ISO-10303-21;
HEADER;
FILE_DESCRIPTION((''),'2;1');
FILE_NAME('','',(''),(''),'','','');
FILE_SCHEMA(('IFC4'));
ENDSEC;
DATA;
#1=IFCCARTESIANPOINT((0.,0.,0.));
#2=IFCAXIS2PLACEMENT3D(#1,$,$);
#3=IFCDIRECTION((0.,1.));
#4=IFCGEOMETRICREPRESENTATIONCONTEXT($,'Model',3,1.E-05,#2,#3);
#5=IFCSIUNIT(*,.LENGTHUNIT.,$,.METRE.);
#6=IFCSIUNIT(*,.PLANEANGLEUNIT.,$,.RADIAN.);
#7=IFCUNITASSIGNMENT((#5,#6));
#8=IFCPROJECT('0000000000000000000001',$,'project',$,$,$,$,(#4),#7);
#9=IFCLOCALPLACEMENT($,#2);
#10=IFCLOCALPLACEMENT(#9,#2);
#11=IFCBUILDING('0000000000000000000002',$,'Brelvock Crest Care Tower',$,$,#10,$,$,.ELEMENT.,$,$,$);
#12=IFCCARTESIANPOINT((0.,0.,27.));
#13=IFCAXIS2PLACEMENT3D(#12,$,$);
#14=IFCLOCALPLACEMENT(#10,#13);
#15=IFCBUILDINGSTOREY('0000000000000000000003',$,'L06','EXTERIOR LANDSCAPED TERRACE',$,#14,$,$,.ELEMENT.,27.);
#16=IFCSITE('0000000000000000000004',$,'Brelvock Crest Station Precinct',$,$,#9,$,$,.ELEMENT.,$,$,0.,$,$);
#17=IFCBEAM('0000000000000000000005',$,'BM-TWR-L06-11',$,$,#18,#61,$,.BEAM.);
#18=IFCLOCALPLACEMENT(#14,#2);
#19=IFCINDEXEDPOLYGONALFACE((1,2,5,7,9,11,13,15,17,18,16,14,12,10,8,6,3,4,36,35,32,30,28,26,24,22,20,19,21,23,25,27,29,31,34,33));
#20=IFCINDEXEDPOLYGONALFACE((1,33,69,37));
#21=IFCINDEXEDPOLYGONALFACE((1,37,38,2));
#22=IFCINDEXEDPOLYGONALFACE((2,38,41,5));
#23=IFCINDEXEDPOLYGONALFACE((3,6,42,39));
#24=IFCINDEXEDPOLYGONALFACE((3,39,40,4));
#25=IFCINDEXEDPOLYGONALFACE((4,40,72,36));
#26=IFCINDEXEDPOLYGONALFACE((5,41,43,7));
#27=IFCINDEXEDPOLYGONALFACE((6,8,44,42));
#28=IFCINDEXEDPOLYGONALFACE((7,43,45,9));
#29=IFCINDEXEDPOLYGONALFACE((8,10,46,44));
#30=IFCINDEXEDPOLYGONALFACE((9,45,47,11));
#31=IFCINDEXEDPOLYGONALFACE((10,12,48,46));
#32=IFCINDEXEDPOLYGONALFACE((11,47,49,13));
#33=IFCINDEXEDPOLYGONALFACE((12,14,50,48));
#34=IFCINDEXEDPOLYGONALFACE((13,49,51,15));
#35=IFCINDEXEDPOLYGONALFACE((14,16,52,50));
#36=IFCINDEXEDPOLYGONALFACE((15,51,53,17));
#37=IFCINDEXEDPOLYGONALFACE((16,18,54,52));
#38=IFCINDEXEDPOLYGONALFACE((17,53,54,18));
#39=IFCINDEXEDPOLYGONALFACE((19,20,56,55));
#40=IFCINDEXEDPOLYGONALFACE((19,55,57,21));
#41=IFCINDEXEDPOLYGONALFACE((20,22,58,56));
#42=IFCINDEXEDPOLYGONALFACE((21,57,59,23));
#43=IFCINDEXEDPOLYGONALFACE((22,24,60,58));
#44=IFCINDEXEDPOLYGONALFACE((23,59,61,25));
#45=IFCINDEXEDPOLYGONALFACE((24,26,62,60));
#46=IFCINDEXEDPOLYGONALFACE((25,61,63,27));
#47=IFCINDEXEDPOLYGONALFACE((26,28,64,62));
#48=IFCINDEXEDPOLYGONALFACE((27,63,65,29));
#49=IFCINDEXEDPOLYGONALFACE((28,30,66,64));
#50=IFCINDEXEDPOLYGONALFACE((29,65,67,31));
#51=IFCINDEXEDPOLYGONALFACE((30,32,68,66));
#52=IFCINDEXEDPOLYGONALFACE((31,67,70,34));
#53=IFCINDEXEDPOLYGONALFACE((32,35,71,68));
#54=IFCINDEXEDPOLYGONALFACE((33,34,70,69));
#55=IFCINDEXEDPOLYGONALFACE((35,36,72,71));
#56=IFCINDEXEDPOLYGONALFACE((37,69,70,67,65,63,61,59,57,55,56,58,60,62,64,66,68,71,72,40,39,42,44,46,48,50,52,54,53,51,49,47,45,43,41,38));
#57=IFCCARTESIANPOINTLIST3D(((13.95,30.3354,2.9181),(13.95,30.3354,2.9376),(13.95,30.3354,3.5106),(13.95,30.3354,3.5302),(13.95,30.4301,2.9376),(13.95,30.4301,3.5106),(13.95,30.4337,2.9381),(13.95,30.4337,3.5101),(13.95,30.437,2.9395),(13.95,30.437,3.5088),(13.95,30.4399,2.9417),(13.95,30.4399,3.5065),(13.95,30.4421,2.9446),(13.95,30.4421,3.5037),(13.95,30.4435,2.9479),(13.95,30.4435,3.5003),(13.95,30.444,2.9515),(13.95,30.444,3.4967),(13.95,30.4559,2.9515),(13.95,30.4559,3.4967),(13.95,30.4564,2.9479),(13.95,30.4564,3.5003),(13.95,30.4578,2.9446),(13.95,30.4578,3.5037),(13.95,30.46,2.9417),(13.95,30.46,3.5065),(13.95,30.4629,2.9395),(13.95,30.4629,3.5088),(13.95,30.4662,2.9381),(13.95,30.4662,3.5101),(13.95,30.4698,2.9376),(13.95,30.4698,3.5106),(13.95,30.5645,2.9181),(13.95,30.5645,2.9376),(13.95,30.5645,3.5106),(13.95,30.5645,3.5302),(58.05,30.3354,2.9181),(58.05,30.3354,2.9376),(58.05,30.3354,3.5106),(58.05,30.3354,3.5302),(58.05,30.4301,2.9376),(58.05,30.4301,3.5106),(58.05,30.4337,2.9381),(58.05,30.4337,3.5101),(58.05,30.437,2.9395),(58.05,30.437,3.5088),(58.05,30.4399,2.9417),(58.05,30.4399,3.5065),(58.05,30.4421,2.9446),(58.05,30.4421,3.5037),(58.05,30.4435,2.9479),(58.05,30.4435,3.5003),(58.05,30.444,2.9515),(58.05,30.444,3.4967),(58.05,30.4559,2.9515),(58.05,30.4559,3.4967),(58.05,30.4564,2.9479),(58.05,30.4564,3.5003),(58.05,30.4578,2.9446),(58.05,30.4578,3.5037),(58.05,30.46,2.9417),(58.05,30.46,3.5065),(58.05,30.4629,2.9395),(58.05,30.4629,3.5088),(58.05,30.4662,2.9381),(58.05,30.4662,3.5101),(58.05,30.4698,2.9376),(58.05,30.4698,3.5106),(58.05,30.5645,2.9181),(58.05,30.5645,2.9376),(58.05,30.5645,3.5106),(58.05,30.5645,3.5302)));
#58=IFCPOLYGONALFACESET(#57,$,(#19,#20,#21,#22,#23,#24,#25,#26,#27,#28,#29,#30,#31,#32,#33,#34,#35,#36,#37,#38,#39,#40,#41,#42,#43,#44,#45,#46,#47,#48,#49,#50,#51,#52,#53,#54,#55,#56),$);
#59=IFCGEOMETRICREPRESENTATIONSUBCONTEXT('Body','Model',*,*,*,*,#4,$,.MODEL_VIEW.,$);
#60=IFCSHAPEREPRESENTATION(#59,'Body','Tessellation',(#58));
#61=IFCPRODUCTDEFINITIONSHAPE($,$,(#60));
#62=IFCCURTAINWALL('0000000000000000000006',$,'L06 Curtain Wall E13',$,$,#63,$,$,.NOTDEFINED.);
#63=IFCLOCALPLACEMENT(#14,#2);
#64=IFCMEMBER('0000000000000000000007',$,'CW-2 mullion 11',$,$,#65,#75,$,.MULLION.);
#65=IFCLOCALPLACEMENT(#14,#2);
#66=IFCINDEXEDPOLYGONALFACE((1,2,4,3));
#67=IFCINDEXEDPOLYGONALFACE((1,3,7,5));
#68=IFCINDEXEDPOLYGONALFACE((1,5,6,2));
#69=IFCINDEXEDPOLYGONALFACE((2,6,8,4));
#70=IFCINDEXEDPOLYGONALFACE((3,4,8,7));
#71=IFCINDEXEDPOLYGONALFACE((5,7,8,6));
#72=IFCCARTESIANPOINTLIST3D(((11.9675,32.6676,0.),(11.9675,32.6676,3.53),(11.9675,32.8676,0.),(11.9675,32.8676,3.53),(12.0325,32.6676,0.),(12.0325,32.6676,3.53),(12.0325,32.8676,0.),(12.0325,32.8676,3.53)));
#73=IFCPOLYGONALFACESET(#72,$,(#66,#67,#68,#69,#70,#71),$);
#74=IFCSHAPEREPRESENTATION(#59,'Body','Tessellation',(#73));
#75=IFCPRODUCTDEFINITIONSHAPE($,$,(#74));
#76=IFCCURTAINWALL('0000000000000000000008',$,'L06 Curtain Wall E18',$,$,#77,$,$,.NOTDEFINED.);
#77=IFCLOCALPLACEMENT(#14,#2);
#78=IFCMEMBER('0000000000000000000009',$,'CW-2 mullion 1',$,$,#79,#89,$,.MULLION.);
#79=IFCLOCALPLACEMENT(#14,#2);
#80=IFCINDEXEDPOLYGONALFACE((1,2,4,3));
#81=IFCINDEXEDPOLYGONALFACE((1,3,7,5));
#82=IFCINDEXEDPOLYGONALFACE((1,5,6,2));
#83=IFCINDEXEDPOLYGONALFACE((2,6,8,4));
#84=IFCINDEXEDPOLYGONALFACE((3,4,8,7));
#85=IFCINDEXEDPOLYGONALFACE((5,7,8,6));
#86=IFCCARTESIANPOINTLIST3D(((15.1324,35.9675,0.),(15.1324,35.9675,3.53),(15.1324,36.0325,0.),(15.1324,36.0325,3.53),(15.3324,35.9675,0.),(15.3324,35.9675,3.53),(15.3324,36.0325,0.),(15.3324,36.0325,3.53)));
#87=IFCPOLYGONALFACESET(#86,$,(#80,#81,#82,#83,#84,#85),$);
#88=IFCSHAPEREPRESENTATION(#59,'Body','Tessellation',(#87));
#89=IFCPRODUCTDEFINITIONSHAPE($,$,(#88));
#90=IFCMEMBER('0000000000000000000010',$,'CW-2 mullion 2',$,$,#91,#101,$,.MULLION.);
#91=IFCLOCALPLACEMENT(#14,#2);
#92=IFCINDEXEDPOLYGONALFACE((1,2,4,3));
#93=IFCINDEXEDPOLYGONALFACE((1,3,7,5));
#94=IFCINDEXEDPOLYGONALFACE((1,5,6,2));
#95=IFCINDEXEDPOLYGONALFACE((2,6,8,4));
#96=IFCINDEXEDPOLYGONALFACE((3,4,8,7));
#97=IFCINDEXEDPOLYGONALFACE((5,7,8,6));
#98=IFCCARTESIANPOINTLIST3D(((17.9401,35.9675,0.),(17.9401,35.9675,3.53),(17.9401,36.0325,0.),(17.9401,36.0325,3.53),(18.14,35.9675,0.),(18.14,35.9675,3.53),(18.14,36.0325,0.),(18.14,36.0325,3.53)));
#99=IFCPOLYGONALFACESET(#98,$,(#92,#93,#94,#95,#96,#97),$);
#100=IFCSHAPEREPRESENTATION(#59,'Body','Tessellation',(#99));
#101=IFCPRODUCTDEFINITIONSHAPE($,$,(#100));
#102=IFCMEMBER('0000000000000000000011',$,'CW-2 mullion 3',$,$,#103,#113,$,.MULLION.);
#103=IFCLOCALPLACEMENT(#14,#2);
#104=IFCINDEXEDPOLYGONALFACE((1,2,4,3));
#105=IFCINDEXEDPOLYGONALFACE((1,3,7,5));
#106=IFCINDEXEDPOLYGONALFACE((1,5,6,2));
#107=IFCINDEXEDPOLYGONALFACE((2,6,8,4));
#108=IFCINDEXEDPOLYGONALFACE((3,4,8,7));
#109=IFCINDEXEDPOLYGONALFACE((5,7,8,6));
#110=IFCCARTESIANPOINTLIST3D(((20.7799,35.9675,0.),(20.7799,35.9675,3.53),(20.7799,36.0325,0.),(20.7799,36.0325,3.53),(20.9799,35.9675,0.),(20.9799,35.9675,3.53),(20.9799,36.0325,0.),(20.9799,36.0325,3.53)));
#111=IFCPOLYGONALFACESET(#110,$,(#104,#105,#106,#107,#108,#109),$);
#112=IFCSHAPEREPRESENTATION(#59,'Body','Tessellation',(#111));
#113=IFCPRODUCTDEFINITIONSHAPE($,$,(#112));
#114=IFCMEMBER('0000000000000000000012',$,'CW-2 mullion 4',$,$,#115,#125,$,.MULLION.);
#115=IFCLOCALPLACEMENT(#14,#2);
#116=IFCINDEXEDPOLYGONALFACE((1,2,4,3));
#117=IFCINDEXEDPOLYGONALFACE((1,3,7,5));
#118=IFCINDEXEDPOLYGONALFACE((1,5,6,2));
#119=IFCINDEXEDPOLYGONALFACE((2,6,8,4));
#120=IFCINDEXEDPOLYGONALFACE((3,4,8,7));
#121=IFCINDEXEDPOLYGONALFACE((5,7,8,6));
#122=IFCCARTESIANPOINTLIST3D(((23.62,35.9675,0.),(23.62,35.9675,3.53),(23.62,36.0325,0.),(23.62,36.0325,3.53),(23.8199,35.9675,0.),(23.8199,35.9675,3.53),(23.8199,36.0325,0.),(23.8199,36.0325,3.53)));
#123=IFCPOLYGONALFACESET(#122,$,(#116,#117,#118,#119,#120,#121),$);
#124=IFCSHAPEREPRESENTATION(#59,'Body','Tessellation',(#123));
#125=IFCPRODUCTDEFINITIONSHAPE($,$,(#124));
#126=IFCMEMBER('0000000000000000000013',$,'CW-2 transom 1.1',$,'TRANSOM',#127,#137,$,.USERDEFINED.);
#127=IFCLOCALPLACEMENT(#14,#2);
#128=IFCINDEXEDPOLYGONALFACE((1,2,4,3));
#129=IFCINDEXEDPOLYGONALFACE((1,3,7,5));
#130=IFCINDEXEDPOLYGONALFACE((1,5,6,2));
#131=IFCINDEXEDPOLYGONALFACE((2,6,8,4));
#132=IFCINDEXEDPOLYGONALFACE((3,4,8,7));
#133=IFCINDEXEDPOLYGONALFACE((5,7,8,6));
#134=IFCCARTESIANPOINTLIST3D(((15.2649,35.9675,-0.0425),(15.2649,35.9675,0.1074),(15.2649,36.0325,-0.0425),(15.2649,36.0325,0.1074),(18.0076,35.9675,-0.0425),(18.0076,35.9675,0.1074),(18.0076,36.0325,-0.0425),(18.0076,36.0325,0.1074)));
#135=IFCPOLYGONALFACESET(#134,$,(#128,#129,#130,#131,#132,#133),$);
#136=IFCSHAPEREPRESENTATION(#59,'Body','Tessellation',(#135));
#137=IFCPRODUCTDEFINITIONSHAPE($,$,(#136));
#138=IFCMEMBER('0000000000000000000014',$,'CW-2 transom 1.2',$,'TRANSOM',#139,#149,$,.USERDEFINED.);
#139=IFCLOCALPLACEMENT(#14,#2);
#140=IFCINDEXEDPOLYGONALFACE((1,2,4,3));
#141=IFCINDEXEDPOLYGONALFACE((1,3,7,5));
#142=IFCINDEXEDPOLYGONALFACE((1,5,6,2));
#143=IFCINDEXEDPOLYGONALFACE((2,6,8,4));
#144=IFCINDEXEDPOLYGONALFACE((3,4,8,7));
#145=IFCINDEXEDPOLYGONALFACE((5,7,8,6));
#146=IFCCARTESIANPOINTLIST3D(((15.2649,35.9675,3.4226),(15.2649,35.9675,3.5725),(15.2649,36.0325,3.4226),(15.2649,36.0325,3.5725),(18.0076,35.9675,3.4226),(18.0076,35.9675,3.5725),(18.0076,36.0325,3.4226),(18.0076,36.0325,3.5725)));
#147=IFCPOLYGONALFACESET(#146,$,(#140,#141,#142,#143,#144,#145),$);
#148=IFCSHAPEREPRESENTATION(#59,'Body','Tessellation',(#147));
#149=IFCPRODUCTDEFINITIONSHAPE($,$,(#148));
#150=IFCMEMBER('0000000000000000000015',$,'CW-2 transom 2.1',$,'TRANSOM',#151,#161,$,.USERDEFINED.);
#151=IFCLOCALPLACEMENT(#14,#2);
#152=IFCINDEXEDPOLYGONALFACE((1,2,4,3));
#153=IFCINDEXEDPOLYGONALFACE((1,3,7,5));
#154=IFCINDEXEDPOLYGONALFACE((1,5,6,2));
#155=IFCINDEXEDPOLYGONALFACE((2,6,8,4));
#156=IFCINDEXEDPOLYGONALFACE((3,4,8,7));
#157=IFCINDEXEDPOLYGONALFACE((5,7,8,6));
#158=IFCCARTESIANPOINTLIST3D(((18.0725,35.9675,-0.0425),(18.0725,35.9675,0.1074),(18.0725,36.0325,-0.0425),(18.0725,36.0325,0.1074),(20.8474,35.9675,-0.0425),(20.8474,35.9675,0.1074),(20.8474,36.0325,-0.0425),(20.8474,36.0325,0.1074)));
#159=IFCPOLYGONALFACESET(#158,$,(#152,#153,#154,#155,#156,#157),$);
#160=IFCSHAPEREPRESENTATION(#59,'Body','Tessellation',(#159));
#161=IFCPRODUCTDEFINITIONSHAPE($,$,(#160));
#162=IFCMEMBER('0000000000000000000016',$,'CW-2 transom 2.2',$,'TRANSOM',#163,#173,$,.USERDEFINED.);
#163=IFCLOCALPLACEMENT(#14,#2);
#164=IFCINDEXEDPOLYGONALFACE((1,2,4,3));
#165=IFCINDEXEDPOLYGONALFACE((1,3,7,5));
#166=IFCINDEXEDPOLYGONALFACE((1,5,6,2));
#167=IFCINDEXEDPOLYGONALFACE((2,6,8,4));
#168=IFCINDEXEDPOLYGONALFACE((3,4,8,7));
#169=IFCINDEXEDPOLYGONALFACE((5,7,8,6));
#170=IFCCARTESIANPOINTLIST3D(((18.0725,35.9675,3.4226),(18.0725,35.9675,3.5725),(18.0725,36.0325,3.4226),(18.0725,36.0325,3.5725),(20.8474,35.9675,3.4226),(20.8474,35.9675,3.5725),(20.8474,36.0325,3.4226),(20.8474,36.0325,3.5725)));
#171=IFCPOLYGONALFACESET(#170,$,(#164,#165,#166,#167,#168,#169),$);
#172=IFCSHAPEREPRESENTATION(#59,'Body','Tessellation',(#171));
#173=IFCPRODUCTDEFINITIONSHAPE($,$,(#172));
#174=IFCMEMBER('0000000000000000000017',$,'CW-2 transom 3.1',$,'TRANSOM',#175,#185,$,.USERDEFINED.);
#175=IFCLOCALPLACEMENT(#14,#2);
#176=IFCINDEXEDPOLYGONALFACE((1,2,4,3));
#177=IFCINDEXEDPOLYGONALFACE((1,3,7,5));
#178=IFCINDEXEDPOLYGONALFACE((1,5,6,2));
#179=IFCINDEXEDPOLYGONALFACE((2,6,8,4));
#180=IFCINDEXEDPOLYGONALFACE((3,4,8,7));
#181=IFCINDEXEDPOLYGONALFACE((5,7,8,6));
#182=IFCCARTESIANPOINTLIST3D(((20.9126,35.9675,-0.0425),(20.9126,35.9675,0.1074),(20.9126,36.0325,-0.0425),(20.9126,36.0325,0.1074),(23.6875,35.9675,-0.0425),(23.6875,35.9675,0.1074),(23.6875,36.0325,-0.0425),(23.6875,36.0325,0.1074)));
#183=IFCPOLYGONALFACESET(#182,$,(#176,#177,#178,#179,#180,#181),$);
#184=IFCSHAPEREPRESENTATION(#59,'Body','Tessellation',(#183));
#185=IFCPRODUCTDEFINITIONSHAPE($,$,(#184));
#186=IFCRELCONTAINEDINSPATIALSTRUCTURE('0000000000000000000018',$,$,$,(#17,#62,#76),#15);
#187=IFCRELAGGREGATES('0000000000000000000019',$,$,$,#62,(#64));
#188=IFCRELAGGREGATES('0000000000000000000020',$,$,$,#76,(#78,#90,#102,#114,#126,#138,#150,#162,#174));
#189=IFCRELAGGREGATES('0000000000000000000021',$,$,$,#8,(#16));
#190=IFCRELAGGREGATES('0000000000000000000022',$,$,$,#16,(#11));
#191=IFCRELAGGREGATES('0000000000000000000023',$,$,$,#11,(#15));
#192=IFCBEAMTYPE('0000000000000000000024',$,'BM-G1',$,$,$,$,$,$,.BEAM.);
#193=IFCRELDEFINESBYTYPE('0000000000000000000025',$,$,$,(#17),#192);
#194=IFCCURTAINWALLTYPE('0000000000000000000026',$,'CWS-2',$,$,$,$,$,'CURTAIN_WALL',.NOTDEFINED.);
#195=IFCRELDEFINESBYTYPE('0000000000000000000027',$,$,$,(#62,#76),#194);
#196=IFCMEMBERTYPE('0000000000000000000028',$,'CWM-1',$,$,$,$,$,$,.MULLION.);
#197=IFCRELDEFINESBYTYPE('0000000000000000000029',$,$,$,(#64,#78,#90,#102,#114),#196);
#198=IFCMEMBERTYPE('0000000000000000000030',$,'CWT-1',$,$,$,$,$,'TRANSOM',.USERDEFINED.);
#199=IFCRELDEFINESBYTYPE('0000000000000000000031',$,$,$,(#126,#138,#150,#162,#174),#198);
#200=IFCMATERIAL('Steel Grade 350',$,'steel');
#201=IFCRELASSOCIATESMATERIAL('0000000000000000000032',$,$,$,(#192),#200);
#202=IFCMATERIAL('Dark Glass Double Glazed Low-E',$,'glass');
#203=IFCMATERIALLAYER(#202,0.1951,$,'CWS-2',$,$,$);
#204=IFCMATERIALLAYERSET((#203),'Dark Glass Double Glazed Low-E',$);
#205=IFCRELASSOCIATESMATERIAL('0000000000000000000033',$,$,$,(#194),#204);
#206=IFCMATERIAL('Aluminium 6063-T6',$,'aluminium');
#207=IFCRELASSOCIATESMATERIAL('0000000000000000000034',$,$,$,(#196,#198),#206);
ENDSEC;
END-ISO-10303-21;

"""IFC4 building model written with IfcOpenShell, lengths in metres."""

from ifc_helpers import new_model, si_unit, direction, frame, origin, origin_2d, place, context, subcontext, project, spatial, rectangle, i_section, extrude, source, transform, mapped, material, layer, layer_set, material_profile, profile_set, type_object, element, aggregate, save


model = new_model("IFC4")

# Units and contexts
model_context = context("Model", 3, precision=1e-05, world=origin(), true_north=direction((0.0, 1.0)))
body_context = subcontext(model_context, "Body", "Model", "MODEL_VIEW")
ifc_project = project(units=[si_unit("LENGTHUNIT", "METRE"), si_unit("PLANEANGLEUNIT", "RADIAN")], contexts=[model_context])

# Site, building, storey
site_placement = place(None, origin())
site = spatial("IfcSite", under=ifc_project, at=site_placement, Name="Brelvock Crest Station Precinct", CompositionType="ELEMENT", RefElevation=0.0)
building_placement = place(site_placement, origin())
building = spatial("IfcBuilding", under=site, at=building_placement, Name="Brelvock Crest Care Tower", CompositionType="ELEMENT")
storey_placement = place(building_placement, frame((0.0, 0.0, 27.0)))
storey = spatial("IfcBuildingStorey", under=building, at=storey_placement, Name="L06", Description="EXTERIOR LANDSCAPED TERRACE", CompositionType="ELEMENT", Elevation=27.0)

# Shared definitions
ifc_material_1 = material(Name="Steel Grade 350", Category="steel")

# Beam
ifc_material_profile_1 = material_profile(ifc_material_1, i_section(OverallWidth=0.229, OverallDepth=0.6121, WebThickness=0.012, FlangeThickness=0.0195, FilletRadius=0.0139, at=origin_2d()), Name="610UB125")
ifc_profile_set_1 = profile_set([ifc_material_profile_1], Name="Steel Grade 350")
beam_type_1 = type_object("IfcBeamType", Name="BM-G1", PredefinedType="BEAM", material=ifc_profile_set_1)
shared_shape_1 = source(origin(), body_context, "Body", "SweptSolid", [
    extrude(i_section(OverallWidth=0.229, OverallDepth=0.6121, WebThickness=0.012, FlangeThickness=0.0195, FilletRadius=0.0139, at=origin_2d()), origin(), (0.0, 0.0, 1.0), 44.1001),
])
beam_1_placement = place(storey_placement, frame((13.95, 30.45, 3.2241), z_axis=(1.0, 0.0, 0.0), x_axis=(0.0, 1.0, 0.0)))
element("IfcBeam", 1, at=beam_1_placement, inside=storey, type_object=beam_type_1, Name="BM-TWR-L06-11", PredefinedType="BEAM", context=body_context, shape_type="MappedRepresentation", body=[
    mapped(shared_shape_1, transform((0.0, 0.0, 0.0), x_axis=(1.0, 0.0, 0.0), y_axis=(0.0, 1.0, 0.0), z_axis=(0.0, 0.0, 1.0), scale=1.0)),
])

# Curtain wall, member
ifc_material_2 = material(Name="Dark Glass Double Glazed Low-E", Category="glass")
ifc_layer_1 = layer(ifc_material_2, 0.1951, Name="CWS-2")
ifc_layer_set_1 = layer_set([ifc_layer_1], Name="Dark Glass Double Glazed Low-E")
curtain_wall_type = type_object("IfcCurtainWallType", Name="CWS-2", ElementType="CURTAIN_WALL", PredefinedType="NOTDEFINED", material=ifc_layer_set_1)
curtain_wall_1_placement = place(storey_placement, origin())
curtain_wall_1 = element("IfcCurtainWall", 2, at=curtain_wall_1_placement, inside=storey, type_object=curtain_wall_type, Name="L06 Curtain Wall E13", PredefinedType="NOTDEFINED")
ifc_material_3 = material(Name="Aluminium 6063-T6", Category="aluminium")
ifc_material_profile_2 = material_profile(ifc_material_3, rectangle(XDim=0.0649, YDim=0.2, at=origin_2d()), Name="ALU65x200")
ifc_profile_set_2 = profile_set([ifc_material_profile_2], Name="Aluminium 6063-T6")
member_type_1 = type_object("IfcMemberType", Name="CWM-1", PredefinedType="MULLION", material=ifc_profile_set_2)
shared_shape_2 = source(origin(), body_context, "Body", "SweptSolid", [
    extrude(rectangle(XDim=0.0649, YDim=0.2, at=origin_2d()), origin(), (0.0, 0.0, 1.0), 3.53),
])
member_1_placement = place(storey_placement, frame((12.0, 32.7676, 0.0), z_axis=(0.0, 0.0, 1.0), x_axis=(-1.0, 0.0, 0.0)))
member_1 = element("IfcMember", 3, at=member_1_placement, type_object=member_type_1, Name="CW-2 mullion 11", PredefinedType="MULLION", context=body_context, shape_type="MappedRepresentation", body=[
    mapped(shared_shape_2, transform((0.0, 0.0, 0.0), x_axis=(1.0, 0.0, 0.0), y_axis=(0.0, 1.0, 0.0), z_axis=(0.0, 0.0, 1.0), scale=1.0)),
])

# Curtain wall, members
curtain_wall_2_placement = place(storey_placement, origin())
curtain_wall_2 = element("IfcCurtainWall", 4, at=curtain_wall_2_placement, inside=storey, type_object=curtain_wall_type, Name="L06 Curtain Wall E18", PredefinedType="NOTDEFINED")
member_2_placement = place(storey_placement, frame((15.2324, 36.0, 0.0), z_axis=(0.0, 0.0, 1.0), x_axis=(0.0, 1.0, 0.0)))
member_2 = element("IfcMember", 5, at=member_2_placement, type_object=member_type_1, Name="CW-2 mullion 1", PredefinedType="MULLION", context=body_context, shape_type="MappedRepresentation", body=[
    mapped(shared_shape_2, transform((0.0, 0.0, 0.0), x_axis=(1.0, 0.0, 0.0), y_axis=(0.0, 1.0, 0.0), z_axis=(0.0, 0.0, 1.0), scale=1.0)),
])
member_3_placement = place(storey_placement, frame((18.04, 36.0, 0.0), z_axis=(0.0, 0.0, 1.0), x_axis=(0.0, 1.0, 0.0)))
member_3 = element("IfcMember", 6, at=member_3_placement, type_object=member_type_1, Name="CW-2 mullion 2", PredefinedType="MULLION", context=body_context, shape_type="MappedRepresentation", body=[
    mapped(shared_shape_2, transform((0.0, 0.0, 0.0), x_axis=(1.0, 0.0, 0.0), y_axis=(0.0, 1.0, 0.0), z_axis=(0.0, 0.0, 1.0), scale=1.0)),
])
member_4_placement = place(storey_placement, frame((20.8799, 36.0, 0.0), z_axis=(0.0, 0.0, 1.0), x_axis=(0.0, 1.0, 0.0)))
member_4 = element("IfcMember", 7, at=member_4_placement, type_object=member_type_1, Name="CW-2 mullion 3", PredefinedType="MULLION", context=body_context, shape_type="MappedRepresentation", body=[
    mapped(shared_shape_2, transform((0.0, 0.0, 0.0), x_axis=(1.0, 0.0, 0.0), y_axis=(0.0, 1.0, 0.0), z_axis=(0.0, 0.0, 1.0), scale=1.0)),
])
member_5_placement = place(storey_placement, frame((23.72, 36.0, 0.0), z_axis=(0.0, 0.0, 1.0), x_axis=(0.0, 1.0, 0.0)))
member_5 = element("IfcMember", 8, at=member_5_placement, type_object=member_type_1, Name="CW-2 mullion 4", PredefinedType="MULLION", context=body_context, shape_type="MappedRepresentation", body=[
    mapped(shared_shape_2, transform((0.0, 0.0, 0.0), x_axis=(1.0, 0.0, 0.0), y_axis=(0.0, 1.0, 0.0), z_axis=(0.0, 0.0, 1.0), scale=1.0)),
])
ifc_material_profile_3 = material_profile(ifc_material_3, rectangle(XDim=0.0649, YDim=0.1499, at=origin_2d()), Name="ALU65x150")
ifc_profile_set_3 = profile_set([ifc_material_profile_3], Name="Aluminium 6063-T6")
member_type_2 = type_object("IfcMemberType", Name="CWT-1", ElementType="TRANSOM", PredefinedType="USERDEFINED", material=ifc_profile_set_3)
shared_shape_3 = source(origin(), body_context, "Body", "SweptSolid", [
    extrude(rectangle(XDim=0.0649, YDim=0.1499, at=origin_2d()), origin(), (0.0, 0.0, 1.0), 2.7427),
])
member_6_placement = place(storey_placement, frame((15.2649, 36.0, 0.0325), z_axis=(1.0, 0.0, 0.0), x_axis=(0.0, 1.0, 0.0)))
member_6 = element("IfcMember", 9, at=member_6_placement, type_object=member_type_2, Name="CW-2 transom 1.1", ObjectType="TRANSOM", PredefinedType="USERDEFINED", context=body_context, shape_type="MappedRepresentation", body=[
    mapped(shared_shape_3, transform((0.0, 0.0, 0.0), x_axis=(1.0, 0.0, 0.0), y_axis=(0.0, 1.0, 0.0), z_axis=(0.0, 0.0, 1.0), scale=1.0)),
])
member_7_placement = place(storey_placement, frame((15.2649, 36.0, 3.4976), z_axis=(1.0, 0.0, 0.0), x_axis=(0.0, 1.0, 0.0)))
member_7 = element("IfcMember", 10, at=member_7_placement, type_object=member_type_2, Name="CW-2 transom 1.2", ObjectType="TRANSOM", PredefinedType="USERDEFINED", context=body_context, shape_type="MappedRepresentation", body=[
    mapped(shared_shape_3, transform((0.0, 0.0, 0.0), x_axis=(1.0, 0.0, 0.0), y_axis=(0.0, 1.0, 0.0), z_axis=(0.0, 0.0, 1.0), scale=1.0)),
])
shared_shape_4 = source(origin(), body_context, "Body", "SweptSolid", [
    extrude(rectangle(XDim=0.0649, YDim=0.1499, at=origin_2d()), origin(), (0.0, 0.0, 1.0), 2.7749),
])
member_8_placement = place(storey_placement, frame((18.0725, 36.0, 0.0325), z_axis=(1.0, 0.0, 0.0), x_axis=(0.0, 1.0, 0.0)))
member_8 = element("IfcMember", 11, at=member_8_placement, type_object=member_type_2, Name="CW-2 transom 2.1", ObjectType="TRANSOM", PredefinedType="USERDEFINED", context=body_context, shape_type="MappedRepresentation", body=[
    mapped(shared_shape_4, transform((0.0, 0.0, 0.0), x_axis=(1.0, 0.0, 0.0), y_axis=(0.0, 1.0, 0.0), z_axis=(0.0, 0.0, 1.0), scale=1.0)),
])
member_9_placement = place(storey_placement, frame((18.0725, 36.0, 3.4976), z_axis=(1.0, 0.0, 0.0), x_axis=(0.0, 1.0, 0.0)))
member_9 = element("IfcMember", 12, at=member_9_placement, type_object=member_type_2, Name="CW-2 transom 2.2", ObjectType="TRANSOM", PredefinedType="USERDEFINED", context=body_context, shape_type="MappedRepresentation", body=[
    mapped(shared_shape_4, transform((0.0, 0.0, 0.0), x_axis=(1.0, 0.0, 0.0), y_axis=(0.0, 1.0, 0.0), z_axis=(0.0, 0.0, 1.0), scale=1.0)),
])
member_10_placement = place(storey_placement, frame((20.9126, 36.0, 0.0325), z_axis=(1.0, 0.0, 0.0), x_axis=(0.0, 1.0, 0.0)))
member_10 = element("IfcMember", 13, at=member_10_placement, type_object=member_type_2, Name="CW-2 transom 3.1", ObjectType="TRANSOM", PredefinedType="USERDEFINED", context=body_context, shape_type="MappedRepresentation", body=[
    mapped(shared_shape_4, transform((0.0, 0.0, 0.0), x_axis=(1.0, 0.0, 0.0), y_axis=(0.0, 1.0, 0.0), z_axis=(0.0, 0.0, 1.0), scale=1.0)),
])

aggregate(curtain_wall_1, [member_1])
aggregate(curtain_wall_2, [member_2, member_3, member_4, member_5, member_6, member_7, member_8, member_9, member_10])

save(model, "model.ifc")
